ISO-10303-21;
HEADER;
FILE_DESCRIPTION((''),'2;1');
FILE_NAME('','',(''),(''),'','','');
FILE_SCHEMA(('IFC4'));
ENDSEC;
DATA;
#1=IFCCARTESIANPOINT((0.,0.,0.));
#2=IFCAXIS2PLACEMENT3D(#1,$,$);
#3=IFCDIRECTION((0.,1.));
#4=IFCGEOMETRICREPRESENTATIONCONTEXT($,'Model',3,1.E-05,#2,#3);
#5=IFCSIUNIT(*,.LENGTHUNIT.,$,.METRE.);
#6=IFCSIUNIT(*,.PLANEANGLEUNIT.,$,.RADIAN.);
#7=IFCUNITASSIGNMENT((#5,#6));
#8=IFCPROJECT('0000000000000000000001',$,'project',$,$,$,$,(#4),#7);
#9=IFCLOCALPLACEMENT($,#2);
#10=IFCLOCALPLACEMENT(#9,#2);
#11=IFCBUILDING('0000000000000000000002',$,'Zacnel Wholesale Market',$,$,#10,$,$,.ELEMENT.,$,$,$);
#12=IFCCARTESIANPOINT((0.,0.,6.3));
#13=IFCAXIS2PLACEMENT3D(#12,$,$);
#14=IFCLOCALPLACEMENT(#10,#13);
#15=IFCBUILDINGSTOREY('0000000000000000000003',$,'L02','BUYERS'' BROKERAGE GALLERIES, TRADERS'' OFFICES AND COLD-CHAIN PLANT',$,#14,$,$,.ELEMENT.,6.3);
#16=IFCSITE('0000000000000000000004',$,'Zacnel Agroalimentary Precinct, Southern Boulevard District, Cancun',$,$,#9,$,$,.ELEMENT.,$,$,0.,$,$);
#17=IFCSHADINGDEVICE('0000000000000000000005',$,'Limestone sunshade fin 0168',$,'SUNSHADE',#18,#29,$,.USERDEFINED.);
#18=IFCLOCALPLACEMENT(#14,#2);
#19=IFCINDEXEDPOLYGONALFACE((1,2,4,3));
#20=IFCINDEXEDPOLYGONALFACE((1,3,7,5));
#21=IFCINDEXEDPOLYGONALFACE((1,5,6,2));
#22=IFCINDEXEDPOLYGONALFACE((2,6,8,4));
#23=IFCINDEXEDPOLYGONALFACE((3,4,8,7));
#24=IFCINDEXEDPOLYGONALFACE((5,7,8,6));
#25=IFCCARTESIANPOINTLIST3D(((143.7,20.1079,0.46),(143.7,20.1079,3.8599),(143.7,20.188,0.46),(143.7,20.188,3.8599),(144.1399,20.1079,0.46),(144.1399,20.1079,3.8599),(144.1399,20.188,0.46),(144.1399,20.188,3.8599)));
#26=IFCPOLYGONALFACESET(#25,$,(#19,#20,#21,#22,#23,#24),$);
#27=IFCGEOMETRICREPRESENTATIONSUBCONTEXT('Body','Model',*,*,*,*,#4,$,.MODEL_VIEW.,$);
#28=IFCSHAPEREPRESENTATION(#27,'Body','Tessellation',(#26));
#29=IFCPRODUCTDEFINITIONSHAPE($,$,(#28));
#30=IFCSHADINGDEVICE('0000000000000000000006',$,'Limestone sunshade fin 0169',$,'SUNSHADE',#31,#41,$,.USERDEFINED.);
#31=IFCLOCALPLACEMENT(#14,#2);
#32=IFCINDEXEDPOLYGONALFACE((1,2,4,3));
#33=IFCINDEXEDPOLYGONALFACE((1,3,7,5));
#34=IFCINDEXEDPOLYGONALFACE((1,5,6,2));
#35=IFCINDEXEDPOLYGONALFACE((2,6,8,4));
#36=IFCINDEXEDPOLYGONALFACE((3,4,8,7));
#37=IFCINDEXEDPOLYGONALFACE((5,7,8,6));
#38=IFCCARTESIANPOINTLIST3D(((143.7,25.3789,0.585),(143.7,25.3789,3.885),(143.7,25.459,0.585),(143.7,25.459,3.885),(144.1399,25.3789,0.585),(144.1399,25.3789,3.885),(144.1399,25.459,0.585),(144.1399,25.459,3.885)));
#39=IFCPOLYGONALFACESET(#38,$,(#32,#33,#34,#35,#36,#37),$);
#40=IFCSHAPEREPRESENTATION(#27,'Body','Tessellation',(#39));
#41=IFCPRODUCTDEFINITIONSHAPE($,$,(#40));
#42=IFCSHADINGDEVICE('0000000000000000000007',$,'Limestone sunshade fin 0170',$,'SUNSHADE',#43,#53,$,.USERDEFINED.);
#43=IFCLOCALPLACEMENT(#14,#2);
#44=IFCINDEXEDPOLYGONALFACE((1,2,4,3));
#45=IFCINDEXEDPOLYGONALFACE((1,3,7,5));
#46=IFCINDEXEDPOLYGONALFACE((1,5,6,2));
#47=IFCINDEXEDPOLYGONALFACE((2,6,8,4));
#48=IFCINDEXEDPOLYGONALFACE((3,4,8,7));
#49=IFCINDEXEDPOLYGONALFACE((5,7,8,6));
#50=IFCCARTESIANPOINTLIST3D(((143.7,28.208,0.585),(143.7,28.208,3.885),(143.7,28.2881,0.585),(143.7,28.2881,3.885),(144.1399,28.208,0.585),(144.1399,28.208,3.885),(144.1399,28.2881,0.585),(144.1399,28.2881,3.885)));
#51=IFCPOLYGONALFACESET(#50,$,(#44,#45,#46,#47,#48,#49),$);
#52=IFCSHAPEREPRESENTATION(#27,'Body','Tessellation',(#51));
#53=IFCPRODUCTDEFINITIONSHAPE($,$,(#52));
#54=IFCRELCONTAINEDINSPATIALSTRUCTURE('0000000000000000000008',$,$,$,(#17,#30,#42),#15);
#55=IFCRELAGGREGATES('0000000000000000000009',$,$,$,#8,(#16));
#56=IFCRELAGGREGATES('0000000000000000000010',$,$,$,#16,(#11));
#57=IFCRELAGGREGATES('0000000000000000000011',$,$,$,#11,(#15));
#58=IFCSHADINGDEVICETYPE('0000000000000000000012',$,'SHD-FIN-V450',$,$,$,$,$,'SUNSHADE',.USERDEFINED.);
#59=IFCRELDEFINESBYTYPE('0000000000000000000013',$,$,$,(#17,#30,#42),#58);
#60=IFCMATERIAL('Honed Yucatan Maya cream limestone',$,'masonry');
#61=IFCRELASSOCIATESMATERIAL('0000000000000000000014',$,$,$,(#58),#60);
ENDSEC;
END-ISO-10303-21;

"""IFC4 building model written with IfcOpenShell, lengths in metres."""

from ifc_helpers import new_model, si_unit, direction, frame, origin, origin_2d, place, context, subcontext, project, spatial, rectangle, extrude, material, type_object, element, save


model = new_model("IFC4")

# Units and contexts
model_context = context("Model", 3, precision=1e-05, world=origin(), true_north=direction((0.0, 1.0)))
body_context = subcontext(model_context, "Body", "Model", "MODEL_VIEW")
ifc_project = project(units=[si_unit("LENGTHUNIT", "METRE"), si_unit("PLANEANGLEUNIT", "RADIAN")], contexts=[model_context])

# Site, building, storey
site_placement = place(None, origin())
site = spatial("IfcSite", under=ifc_project, at=site_placement, Name="Zacnel Agroalimentary Precinct, Southern Boulevard District, Cancun", CompositionType="ELEMENT", RefElevation=0.0)
building_placement = place(site_placement, origin())
building = spatial("IfcBuilding", under=site, at=building_placement, Name="Zacnel Wholesale Market", CompositionType="ELEMENT")
storey_placement = place(building_placement, frame((0.0, 0.0, 6.3)))
storey = spatial("IfcBuildingStorey", under=building, at=storey_placement, Name="L02", Description="BUYERS' BROKERAGE GALLERIES, TRADERS' OFFICES AND COLD-CHAIN PLANT", CompositionType="ELEMENT", Elevation=6.3)

# Shading devices
ifc_material_1 = material(Name="Honed Yucatan Maya cream limestone", Category="masonry")
shading_device_type = type_object("IfcShadingDeviceType", Name="SHD-FIN-V450", ElementType="SUNSHADE", PredefinedType="USERDEFINED", material=ifc_material_1)
shading_device_1_placement = place(storey_placement, frame((143.9199, 20.1479, 0.46), z_axis=(0.0, 0.0, 1.0), x_axis=(0.0, 1.0, 0.0)))
element("IfcShadingDevice", 1, at=shading_device_1_placement, inside=storey, type_object=shading_device_type, Name="Limestone sunshade fin 0168", ObjectType="SUNSHADE", PredefinedType="USERDEFINED", context=body_context, shape_type="SweptSolid", body=[
    extrude(rectangle(XDim=0.0801, YDim=0.4399, at=origin_2d()), origin(), (0.0, 0.0, 1.0), 3.3999),
])
for number, where, z_axis, x_axis, name in (
    (2, (143.9199, 25.4189, 0.585), (0.0, 0.0, 1.0), (0.0, 1.0, 0.0), "Limestone sunshade fin 0169"),
    (3, (143.9199, 28.248, 0.585), (0.0, 0.0, 1.0), (0.0, 1.0, 0.0), "Limestone sunshade fin 0170"),
):
    element("IfcShadingDevice", number, at=place(storey_placement, frame(where, z_axis=z_axis, x_axis=x_axis)), inside=storey, type_object=shading_device_type, Name=name, ObjectType="SUNSHADE", PredefinedType="USERDEFINED", context=body_context, shape_type="SweptSolid", body=[
        extrude(rectangle(XDim=0.0801, YDim=0.4399, at=origin_2d()), origin(), (0.0, 0.0, 1.0), 3.3),
    ])

save(model, "model.ifc")
